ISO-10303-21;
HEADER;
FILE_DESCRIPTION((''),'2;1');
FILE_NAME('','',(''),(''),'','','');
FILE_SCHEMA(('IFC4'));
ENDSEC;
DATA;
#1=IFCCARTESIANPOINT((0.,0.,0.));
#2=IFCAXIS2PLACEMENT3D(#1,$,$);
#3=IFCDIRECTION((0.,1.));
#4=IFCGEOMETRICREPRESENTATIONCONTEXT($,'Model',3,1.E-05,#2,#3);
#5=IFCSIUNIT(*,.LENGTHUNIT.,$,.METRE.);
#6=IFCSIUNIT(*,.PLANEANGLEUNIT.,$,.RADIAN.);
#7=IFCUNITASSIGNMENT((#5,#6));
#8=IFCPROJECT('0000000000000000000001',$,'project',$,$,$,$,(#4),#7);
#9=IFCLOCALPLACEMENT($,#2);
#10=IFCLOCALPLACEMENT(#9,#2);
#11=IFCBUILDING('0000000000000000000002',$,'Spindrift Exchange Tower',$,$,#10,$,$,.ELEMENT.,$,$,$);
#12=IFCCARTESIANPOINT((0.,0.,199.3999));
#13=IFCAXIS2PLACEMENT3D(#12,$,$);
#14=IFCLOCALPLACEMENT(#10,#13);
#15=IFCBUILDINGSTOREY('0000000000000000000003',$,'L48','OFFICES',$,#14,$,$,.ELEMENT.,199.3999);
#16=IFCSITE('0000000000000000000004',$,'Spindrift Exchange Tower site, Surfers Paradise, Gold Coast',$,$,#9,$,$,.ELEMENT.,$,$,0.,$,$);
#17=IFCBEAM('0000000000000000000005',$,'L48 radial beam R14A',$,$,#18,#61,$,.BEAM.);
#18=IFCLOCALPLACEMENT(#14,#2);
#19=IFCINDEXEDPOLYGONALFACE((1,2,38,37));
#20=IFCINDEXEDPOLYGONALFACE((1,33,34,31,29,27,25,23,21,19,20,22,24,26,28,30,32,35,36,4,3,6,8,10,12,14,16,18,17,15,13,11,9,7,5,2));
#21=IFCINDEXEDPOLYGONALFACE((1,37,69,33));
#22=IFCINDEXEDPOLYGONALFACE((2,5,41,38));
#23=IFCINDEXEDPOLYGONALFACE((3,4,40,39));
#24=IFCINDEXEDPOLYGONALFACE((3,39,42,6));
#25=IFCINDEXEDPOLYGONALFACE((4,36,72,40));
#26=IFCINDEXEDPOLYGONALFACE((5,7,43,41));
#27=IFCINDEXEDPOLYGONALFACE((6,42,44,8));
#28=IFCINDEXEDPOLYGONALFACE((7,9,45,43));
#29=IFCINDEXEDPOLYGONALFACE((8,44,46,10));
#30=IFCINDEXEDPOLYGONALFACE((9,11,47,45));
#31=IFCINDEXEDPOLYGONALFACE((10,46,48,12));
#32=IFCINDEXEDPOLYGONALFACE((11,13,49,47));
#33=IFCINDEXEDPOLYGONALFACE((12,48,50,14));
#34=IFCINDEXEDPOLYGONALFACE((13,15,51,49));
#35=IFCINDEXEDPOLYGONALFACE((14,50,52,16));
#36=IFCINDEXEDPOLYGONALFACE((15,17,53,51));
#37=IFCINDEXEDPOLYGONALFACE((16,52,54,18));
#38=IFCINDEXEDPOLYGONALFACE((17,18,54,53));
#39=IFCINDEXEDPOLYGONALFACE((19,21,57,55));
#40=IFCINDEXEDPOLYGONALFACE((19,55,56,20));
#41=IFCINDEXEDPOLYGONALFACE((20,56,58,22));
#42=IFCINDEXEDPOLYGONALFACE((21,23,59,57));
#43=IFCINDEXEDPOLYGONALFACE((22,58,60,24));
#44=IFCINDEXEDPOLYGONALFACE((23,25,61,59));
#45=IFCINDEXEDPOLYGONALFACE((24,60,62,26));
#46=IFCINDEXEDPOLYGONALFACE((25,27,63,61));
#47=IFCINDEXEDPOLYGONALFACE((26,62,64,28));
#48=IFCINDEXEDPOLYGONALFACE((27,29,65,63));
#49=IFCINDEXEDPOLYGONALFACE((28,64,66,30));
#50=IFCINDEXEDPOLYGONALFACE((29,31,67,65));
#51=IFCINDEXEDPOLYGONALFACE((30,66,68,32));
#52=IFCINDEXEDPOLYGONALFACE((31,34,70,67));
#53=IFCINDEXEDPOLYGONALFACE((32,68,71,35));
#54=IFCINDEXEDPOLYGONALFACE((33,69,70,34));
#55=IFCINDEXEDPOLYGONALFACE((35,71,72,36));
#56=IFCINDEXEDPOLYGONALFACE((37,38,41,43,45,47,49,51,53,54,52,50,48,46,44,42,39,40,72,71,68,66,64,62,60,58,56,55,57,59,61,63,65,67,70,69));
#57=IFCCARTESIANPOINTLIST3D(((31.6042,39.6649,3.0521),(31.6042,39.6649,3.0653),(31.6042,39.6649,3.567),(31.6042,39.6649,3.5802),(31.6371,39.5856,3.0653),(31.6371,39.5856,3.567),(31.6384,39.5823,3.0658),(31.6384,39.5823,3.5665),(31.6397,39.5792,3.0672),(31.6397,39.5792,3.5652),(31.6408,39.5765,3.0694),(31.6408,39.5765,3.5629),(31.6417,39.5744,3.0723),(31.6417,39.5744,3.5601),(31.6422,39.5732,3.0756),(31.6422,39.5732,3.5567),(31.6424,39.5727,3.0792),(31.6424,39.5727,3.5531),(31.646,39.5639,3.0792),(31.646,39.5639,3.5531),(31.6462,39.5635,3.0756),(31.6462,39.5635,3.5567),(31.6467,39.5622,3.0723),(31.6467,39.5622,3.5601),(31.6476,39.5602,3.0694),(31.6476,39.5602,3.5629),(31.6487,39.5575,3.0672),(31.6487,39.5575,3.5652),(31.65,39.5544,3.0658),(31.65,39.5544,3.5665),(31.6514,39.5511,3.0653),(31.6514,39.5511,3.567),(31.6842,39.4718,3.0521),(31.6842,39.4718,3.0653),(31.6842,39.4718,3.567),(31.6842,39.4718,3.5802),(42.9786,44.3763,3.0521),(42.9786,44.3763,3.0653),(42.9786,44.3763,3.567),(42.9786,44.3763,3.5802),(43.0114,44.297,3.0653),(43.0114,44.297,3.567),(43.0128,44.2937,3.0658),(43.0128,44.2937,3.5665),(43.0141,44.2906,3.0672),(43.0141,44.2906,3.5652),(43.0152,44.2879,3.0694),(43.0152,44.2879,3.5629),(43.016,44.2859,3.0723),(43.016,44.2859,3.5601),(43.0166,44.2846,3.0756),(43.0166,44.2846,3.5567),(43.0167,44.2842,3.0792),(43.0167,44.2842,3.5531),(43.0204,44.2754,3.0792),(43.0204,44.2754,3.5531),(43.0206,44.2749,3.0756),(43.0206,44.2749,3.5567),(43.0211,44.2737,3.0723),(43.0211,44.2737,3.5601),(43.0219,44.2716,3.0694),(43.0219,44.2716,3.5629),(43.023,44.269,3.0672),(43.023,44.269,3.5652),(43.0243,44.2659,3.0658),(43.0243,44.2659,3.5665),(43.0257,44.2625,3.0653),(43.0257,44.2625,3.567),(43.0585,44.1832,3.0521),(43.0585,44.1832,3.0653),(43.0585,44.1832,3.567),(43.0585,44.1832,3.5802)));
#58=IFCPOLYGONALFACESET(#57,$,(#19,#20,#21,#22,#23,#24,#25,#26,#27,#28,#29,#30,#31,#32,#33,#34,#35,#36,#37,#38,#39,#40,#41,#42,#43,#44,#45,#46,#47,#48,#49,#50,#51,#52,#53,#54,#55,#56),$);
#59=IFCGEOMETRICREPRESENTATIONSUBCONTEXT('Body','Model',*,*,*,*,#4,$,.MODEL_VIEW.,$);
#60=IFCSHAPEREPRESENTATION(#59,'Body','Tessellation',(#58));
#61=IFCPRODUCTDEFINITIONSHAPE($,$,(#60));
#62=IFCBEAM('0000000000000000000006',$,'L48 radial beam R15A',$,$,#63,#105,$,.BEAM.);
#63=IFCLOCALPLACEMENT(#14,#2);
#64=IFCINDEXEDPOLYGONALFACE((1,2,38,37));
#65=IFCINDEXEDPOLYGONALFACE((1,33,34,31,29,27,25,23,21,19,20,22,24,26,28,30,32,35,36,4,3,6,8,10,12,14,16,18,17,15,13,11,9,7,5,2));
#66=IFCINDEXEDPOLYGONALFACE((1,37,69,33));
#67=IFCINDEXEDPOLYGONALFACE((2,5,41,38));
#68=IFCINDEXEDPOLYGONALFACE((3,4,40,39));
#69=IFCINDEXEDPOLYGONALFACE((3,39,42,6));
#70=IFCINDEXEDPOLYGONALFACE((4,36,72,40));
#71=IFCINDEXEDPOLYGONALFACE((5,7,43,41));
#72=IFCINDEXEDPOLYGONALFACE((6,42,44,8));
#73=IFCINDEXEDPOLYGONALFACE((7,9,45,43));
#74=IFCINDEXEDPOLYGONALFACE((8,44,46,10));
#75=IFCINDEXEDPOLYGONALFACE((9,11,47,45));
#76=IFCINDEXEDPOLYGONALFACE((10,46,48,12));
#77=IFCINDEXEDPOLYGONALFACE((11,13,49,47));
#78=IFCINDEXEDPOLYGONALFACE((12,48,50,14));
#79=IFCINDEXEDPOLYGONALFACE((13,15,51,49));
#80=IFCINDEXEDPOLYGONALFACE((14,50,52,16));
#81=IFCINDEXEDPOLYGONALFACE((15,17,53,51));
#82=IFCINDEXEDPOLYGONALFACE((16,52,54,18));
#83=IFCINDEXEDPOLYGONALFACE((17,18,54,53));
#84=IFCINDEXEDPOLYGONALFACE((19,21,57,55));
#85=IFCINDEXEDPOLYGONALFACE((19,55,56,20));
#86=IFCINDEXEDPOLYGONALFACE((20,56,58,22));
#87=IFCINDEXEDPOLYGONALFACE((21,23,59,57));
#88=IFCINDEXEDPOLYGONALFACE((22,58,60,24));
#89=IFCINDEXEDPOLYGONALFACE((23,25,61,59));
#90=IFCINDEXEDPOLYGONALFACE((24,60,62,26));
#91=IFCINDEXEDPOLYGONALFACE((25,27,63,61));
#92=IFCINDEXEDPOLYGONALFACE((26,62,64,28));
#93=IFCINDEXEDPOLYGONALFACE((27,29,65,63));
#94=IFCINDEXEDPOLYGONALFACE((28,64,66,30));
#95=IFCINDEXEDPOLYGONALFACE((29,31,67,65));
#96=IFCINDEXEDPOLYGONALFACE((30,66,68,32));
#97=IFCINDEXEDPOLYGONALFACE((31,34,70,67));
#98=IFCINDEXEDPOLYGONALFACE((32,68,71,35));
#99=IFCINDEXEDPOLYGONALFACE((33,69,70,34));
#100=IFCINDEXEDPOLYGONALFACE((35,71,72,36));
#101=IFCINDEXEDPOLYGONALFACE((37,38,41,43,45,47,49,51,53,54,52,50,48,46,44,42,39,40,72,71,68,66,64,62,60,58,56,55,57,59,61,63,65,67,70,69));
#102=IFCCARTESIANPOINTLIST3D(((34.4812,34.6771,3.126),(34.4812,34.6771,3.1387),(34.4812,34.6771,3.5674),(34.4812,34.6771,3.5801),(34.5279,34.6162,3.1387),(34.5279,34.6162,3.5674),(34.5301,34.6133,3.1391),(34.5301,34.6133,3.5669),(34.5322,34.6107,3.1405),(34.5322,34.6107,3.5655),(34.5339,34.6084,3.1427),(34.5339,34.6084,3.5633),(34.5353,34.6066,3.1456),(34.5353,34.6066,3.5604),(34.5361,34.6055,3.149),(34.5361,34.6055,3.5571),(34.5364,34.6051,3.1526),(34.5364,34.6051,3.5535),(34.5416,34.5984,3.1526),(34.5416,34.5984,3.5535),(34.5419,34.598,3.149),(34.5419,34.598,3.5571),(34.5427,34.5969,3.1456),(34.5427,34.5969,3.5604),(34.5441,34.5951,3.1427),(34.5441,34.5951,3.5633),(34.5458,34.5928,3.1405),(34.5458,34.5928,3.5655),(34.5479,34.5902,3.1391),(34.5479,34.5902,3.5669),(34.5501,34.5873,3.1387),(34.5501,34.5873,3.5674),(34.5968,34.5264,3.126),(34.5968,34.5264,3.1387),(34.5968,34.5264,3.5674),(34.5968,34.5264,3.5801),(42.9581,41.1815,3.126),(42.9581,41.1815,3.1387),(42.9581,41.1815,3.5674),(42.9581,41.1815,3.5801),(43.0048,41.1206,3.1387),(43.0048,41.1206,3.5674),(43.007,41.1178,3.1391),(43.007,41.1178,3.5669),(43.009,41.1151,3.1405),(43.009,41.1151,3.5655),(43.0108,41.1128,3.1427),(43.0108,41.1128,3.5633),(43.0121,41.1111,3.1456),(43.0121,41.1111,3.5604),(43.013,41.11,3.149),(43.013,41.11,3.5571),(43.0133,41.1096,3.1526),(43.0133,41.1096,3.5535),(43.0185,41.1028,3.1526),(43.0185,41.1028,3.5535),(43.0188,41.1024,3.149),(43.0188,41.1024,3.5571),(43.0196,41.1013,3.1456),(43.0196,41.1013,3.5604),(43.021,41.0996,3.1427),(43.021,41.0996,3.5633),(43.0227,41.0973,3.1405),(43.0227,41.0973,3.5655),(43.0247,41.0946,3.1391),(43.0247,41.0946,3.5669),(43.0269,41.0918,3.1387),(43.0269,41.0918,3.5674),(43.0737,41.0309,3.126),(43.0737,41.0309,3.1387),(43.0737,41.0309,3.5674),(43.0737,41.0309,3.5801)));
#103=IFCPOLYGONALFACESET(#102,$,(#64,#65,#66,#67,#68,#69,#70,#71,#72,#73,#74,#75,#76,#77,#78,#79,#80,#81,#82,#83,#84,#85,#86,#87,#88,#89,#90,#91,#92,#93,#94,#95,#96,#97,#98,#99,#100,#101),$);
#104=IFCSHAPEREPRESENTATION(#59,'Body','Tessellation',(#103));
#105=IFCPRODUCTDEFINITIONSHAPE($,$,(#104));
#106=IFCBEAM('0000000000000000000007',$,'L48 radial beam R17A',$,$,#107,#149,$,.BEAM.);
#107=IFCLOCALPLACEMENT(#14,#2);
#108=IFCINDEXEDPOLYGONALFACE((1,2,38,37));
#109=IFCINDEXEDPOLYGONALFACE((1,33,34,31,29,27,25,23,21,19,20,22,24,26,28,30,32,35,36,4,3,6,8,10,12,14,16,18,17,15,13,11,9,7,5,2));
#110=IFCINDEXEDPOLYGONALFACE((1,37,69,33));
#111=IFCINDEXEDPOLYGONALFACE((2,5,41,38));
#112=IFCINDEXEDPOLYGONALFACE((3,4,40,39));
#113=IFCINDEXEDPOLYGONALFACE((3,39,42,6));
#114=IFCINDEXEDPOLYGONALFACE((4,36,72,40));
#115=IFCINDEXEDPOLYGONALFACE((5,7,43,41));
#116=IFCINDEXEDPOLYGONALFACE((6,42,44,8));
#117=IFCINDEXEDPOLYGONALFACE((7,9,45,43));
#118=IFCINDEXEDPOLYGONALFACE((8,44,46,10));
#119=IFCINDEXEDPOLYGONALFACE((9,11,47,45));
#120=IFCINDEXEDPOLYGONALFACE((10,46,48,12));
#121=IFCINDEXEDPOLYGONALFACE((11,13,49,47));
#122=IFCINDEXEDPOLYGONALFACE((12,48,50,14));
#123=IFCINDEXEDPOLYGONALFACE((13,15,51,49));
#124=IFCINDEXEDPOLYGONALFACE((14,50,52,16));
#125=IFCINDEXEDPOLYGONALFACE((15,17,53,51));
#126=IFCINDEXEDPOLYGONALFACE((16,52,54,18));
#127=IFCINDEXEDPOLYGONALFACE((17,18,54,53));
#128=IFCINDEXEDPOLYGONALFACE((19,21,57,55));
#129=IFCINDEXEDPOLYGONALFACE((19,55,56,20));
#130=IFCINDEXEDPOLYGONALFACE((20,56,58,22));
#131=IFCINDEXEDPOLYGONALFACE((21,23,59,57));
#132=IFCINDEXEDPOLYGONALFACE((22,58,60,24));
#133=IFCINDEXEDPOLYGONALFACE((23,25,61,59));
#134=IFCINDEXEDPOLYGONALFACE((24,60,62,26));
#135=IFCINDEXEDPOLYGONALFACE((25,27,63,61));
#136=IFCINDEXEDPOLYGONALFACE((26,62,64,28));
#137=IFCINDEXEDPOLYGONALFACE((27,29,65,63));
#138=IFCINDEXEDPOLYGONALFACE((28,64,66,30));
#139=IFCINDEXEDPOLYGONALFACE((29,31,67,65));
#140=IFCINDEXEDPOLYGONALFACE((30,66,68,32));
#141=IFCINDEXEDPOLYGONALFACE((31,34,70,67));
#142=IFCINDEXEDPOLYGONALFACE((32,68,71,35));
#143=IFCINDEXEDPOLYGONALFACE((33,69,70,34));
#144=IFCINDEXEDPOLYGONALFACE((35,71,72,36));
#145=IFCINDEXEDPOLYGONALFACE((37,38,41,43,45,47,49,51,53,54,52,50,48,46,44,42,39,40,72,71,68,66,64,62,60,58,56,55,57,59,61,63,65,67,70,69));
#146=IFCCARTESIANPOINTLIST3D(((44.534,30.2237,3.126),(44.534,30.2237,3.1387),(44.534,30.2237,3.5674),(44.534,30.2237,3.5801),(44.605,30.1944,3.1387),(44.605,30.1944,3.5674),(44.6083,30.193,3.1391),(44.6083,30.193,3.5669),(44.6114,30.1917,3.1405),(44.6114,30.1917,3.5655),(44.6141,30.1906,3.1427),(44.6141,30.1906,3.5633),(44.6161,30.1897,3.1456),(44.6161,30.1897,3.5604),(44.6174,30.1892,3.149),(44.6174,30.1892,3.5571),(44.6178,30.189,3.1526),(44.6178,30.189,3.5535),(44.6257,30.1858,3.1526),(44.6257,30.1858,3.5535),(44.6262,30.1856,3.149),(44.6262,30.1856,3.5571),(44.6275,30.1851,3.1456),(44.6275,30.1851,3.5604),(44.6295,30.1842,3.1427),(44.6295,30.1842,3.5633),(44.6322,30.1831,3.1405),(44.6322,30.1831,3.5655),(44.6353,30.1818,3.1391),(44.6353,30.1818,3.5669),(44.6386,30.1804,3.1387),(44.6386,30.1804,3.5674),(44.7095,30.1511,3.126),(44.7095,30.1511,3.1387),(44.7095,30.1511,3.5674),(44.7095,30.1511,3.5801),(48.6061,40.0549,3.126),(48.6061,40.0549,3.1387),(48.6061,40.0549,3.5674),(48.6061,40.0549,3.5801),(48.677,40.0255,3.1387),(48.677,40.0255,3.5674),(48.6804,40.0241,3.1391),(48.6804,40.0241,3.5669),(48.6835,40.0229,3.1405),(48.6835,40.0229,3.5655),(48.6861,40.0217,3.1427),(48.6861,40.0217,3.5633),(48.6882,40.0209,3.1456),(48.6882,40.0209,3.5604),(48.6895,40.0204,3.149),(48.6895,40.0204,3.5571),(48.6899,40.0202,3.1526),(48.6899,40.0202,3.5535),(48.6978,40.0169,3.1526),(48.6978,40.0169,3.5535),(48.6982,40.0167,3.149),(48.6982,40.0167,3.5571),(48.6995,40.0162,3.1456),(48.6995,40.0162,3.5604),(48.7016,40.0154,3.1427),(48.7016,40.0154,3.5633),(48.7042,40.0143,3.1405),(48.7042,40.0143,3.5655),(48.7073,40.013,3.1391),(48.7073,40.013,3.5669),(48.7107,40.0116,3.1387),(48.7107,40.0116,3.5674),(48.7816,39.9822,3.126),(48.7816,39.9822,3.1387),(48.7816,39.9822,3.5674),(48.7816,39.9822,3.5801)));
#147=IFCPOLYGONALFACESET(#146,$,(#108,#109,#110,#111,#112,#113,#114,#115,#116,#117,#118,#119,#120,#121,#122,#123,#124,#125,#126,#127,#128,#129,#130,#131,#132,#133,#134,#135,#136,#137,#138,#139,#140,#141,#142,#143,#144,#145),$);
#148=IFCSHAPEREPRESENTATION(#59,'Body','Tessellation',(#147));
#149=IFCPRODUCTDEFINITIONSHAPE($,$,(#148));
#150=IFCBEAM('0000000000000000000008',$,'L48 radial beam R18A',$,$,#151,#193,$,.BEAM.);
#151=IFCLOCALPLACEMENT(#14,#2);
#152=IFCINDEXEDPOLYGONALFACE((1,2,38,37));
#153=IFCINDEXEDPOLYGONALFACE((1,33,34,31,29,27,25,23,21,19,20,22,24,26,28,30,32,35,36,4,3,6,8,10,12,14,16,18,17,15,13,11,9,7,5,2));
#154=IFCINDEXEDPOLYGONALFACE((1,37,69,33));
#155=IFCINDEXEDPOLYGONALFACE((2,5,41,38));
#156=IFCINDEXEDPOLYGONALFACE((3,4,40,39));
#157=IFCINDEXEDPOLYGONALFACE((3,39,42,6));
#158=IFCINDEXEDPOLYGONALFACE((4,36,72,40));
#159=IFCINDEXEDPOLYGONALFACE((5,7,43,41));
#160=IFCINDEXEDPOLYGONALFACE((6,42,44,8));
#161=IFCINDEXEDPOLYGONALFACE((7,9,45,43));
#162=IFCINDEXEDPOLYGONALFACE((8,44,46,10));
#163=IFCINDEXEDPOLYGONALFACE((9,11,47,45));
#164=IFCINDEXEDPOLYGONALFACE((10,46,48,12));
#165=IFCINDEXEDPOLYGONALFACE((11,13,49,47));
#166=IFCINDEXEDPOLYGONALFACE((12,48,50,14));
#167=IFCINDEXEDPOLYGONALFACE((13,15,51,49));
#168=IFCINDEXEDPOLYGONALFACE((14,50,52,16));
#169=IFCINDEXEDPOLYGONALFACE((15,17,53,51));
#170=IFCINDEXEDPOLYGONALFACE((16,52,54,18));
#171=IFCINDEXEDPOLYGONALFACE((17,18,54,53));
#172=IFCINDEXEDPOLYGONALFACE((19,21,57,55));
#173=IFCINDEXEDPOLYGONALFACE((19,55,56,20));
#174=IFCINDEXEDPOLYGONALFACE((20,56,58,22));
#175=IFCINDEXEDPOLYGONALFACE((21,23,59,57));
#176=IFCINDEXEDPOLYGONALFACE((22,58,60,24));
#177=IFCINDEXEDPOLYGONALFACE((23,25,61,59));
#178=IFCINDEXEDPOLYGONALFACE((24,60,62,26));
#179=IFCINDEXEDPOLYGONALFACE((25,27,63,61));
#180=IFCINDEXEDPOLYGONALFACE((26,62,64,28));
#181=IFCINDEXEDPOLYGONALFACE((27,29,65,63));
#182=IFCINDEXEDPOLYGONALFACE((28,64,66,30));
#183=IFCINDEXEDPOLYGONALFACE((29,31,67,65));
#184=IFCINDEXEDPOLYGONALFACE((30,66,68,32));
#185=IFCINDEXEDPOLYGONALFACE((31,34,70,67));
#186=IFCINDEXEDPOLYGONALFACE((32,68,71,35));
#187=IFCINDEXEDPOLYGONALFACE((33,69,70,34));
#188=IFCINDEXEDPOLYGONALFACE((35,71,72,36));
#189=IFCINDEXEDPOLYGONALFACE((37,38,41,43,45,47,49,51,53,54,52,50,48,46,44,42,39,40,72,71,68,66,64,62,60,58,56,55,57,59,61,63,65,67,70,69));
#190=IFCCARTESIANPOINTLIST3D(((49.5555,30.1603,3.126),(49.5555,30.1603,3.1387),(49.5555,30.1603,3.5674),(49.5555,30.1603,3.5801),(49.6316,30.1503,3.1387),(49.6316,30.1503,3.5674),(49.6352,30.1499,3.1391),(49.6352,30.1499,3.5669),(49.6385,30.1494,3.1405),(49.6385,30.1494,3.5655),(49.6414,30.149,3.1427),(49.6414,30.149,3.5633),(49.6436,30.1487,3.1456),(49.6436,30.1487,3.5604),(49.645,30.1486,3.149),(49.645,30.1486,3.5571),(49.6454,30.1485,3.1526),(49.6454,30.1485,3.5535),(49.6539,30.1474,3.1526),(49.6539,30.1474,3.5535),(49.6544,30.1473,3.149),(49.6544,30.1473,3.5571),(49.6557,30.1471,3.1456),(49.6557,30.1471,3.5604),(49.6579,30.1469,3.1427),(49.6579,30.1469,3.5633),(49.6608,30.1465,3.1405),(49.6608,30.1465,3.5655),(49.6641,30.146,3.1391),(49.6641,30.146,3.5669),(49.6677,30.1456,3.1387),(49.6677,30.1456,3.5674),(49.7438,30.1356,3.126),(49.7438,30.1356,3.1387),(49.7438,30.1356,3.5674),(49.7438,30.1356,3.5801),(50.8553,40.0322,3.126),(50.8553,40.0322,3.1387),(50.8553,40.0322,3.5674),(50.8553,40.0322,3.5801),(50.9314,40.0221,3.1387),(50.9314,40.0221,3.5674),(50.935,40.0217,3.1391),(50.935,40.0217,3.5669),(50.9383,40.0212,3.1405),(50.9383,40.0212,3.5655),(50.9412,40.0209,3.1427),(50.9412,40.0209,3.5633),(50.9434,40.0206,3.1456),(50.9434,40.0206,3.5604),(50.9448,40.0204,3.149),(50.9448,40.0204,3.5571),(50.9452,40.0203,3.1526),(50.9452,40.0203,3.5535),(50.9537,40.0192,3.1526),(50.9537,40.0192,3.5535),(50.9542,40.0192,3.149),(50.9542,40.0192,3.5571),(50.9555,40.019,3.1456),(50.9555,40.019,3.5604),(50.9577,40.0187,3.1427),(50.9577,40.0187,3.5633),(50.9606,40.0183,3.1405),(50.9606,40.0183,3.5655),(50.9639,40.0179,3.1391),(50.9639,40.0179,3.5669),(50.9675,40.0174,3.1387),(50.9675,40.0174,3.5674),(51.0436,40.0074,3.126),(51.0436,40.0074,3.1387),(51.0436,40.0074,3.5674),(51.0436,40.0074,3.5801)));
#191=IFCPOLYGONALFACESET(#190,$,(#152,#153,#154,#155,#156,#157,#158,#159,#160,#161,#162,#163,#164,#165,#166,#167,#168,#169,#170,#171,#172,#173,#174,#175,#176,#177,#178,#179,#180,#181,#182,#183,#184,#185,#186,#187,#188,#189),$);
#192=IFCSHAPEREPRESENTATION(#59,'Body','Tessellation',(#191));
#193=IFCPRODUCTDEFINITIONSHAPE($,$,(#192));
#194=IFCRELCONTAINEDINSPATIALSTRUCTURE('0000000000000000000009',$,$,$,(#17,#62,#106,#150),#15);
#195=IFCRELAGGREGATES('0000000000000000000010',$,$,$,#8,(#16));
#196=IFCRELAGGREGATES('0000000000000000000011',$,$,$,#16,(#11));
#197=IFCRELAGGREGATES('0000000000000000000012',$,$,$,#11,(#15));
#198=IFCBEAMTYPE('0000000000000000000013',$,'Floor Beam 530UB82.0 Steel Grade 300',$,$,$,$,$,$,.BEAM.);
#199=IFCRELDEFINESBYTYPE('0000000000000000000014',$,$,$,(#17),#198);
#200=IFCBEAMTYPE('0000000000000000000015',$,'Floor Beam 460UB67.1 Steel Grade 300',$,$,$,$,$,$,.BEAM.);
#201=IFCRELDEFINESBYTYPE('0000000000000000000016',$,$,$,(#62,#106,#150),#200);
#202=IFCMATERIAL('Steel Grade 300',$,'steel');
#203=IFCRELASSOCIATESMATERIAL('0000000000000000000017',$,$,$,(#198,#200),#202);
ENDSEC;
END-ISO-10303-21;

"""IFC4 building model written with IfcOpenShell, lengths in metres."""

from ifc_helpers import new_model, si_unit, direction, frame, origin, origin_2d, place, context, subcontext, project, spatial, i_section, extrude, source, transform, mapped, material, material_profile, profile_set, type_object, element, save


model = new_model("IFC4")

# Units and contexts
model_context = context("Model", 3, precision=1e-05, world=origin(), true_north=direction((0.0, 1.0)))
body_context = subcontext(model_context, "Body", "Model", "MODEL_VIEW")
ifc_project = project(units=[si_unit("LENGTHUNIT", "METRE"), si_unit("PLANEANGLEUNIT", "RADIAN")], contexts=[model_context])

# Site, building, storey
site_placement = place(None, origin())
site = spatial("IfcSite", under=ifc_project, at=site_placement, Name="Spindrift Exchange Tower site, Surfers Paradise, Gold Coast", CompositionType="ELEMENT", RefElevation=0.0)
building_placement = place(site_placement, origin())
building = spatial("IfcBuilding", under=site, at=building_placement, Name="Spindrift Exchange Tower", CompositionType="ELEMENT")
storey_placement = place(building_placement, frame((0.0, 0.0, 199.3999)))
storey = spatial("IfcBuildingStorey", under=building, at=storey_placement, Name="L48", Description="OFFICES", CompositionType="ELEMENT", Elevation=199.3999)

# Beams
ifc_material_1 = material(Name="Steel Grade 300", Category="steel")
ifc_material_profile_1 = material_profile(ifc_material_1, i_section(OverallWidth=0.209, OverallDepth=0.5281, WebThickness=0.0095, FlangeThickness=0.0132, FilletRadius=0.0139, at=origin_2d()), Name="530UB82.0")
ifc_profile_set_1 = profile_set([ifc_material_profile_1], Name="Steel Grade 300")
beam_type_1 = type_object("IfcBeamType", Name="Floor Beam 530UB82.0 Steel Grade 300", PredefinedType="BEAM", material=ifc_profile_set_1)
shared_shape_1 = source(origin(), body_context, "Body", "SweptSolid", [
    extrude(i_section(OverallWidth=0.209, OverallDepth=0.5281, WebThickness=0.0095, FlangeThickness=0.0132, FilletRadius=0.0139, at=origin_2d()), origin(), (0.0, 0.0, 1.0), 12.3115),
])
beam_1_placement = place(storey_placement, frame((43.0186, 44.2798, 3.3162), z_axis=(-0.923878, -0.382687, 0.0), x_axis=(0.382687, -0.923878, 0.0)))
element("IfcBeam", 1, at=beam_1_placement, inside=storey, type_object=beam_type_1, Name="L48 radial beam R14A", PredefinedType="BEAM", context=body_context, shape_type="MappedRepresentation", body=[
    mapped(shared_shape_1, transform((0.0, 0.0, 0.0), scale=1.0)),
])
ifc_material_profile_2 = material_profile(ifc_material_1, i_section(OverallWidth=0.1899, OverallDepth=0.4541, WebThickness=0.0085, FlangeThickness=0.0127, FilletRadius=0.0139, at=origin_2d()), Name="460UB67.1")
ifc_profile_set_2 = profile_set([ifc_material_profile_2], Name="Steel Grade 300")
beam_type_2 = type_object("IfcBeamType", Name="Floor Beam 460UB67.1 Steel Grade 300", PredefinedType="BEAM", material=ifc_profile_set_2)
shared_shape_2 = source(origin(), body_context, "Body", "SweptSolid", [
    extrude(i_section(OverallWidth=0.1899, OverallDepth=0.4541, WebThickness=0.0085, FlangeThickness=0.0127, FilletRadius=0.0139, at=origin_2d()), origin(), (0.0, 0.0, 1.0), 10.6848),
])
beam_2_placement = place(storey_placement, frame((43.0159, 41.1062, 3.353), z_axis=(-0.793357, -0.608756, 0.0), x_axis=(0.608756, -0.793357, 0.0)))
element("IfcBeam", 2, at=beam_2_placement, inside=storey, type_object=beam_type_2, Name="L48 radial beam R15A", PredefinedType="BEAM", context=body_context, shape_type="MappedRepresentation", body=[
    mapped(shared_shape_2, transform((0.0, 0.0, 0.0), scale=1.0)),
])
shared_shape_3 = source(origin(), body_context, "Body", "SweptSolid", [
    extrude(i_section(OverallWidth=0.1899, OverallDepth=0.4541, WebThickness=0.0085, FlangeThickness=0.0127, FilletRadius=0.0139, at=origin_2d()), origin(), (0.0, 0.0, 1.0), 10.6411),
])
beam_3_placement = place(storey_placement, frame((48.6938, 40.0186, 3.353), z_axis=(-0.382673, -0.923884, 0.0), x_axis=(0.923884, -0.382673, 0.0)))
element("IfcBeam", 3, at=beam_3_placement, inside=storey, type_object=beam_type_2, Name="L48 radial beam R17A", PredefinedType="BEAM", context=body_context, shape_type="MappedRepresentation", body=[
    mapped(shared_shape_3, transform((0.0, 0.0, 0.0), scale=1.0)),
])
shared_shape_4 = source(origin(), body_context, "Body", "SweptSolid", [
    extrude(i_section(OverallWidth=0.1899, OverallDepth=0.4541, WebThickness=0.0085, FlangeThickness=0.0127, FilletRadius=0.0139, at=origin_2d()), origin(), (0.0, 0.0, 1.0), 9.957),
])
beam_4_placement = place(storey_placement, frame((50.9495, 40.0198, 3.353), z_axis=(-0.130541, -0.991443, 0.0), x_axis=(0.991443, -0.130541, 0.0)))
element("IfcBeam", 4, at=beam_4_placement, inside=storey, type_object=beam_type_2, Name="L48 radial beam R18A", PredefinedType="BEAM", context=body_context, shape_type="MappedRepresentation", body=[
    mapped(shared_shape_4, transform((0.0, 0.0, 0.0), scale=1.0)),
])

save(model, "model.ifc")
